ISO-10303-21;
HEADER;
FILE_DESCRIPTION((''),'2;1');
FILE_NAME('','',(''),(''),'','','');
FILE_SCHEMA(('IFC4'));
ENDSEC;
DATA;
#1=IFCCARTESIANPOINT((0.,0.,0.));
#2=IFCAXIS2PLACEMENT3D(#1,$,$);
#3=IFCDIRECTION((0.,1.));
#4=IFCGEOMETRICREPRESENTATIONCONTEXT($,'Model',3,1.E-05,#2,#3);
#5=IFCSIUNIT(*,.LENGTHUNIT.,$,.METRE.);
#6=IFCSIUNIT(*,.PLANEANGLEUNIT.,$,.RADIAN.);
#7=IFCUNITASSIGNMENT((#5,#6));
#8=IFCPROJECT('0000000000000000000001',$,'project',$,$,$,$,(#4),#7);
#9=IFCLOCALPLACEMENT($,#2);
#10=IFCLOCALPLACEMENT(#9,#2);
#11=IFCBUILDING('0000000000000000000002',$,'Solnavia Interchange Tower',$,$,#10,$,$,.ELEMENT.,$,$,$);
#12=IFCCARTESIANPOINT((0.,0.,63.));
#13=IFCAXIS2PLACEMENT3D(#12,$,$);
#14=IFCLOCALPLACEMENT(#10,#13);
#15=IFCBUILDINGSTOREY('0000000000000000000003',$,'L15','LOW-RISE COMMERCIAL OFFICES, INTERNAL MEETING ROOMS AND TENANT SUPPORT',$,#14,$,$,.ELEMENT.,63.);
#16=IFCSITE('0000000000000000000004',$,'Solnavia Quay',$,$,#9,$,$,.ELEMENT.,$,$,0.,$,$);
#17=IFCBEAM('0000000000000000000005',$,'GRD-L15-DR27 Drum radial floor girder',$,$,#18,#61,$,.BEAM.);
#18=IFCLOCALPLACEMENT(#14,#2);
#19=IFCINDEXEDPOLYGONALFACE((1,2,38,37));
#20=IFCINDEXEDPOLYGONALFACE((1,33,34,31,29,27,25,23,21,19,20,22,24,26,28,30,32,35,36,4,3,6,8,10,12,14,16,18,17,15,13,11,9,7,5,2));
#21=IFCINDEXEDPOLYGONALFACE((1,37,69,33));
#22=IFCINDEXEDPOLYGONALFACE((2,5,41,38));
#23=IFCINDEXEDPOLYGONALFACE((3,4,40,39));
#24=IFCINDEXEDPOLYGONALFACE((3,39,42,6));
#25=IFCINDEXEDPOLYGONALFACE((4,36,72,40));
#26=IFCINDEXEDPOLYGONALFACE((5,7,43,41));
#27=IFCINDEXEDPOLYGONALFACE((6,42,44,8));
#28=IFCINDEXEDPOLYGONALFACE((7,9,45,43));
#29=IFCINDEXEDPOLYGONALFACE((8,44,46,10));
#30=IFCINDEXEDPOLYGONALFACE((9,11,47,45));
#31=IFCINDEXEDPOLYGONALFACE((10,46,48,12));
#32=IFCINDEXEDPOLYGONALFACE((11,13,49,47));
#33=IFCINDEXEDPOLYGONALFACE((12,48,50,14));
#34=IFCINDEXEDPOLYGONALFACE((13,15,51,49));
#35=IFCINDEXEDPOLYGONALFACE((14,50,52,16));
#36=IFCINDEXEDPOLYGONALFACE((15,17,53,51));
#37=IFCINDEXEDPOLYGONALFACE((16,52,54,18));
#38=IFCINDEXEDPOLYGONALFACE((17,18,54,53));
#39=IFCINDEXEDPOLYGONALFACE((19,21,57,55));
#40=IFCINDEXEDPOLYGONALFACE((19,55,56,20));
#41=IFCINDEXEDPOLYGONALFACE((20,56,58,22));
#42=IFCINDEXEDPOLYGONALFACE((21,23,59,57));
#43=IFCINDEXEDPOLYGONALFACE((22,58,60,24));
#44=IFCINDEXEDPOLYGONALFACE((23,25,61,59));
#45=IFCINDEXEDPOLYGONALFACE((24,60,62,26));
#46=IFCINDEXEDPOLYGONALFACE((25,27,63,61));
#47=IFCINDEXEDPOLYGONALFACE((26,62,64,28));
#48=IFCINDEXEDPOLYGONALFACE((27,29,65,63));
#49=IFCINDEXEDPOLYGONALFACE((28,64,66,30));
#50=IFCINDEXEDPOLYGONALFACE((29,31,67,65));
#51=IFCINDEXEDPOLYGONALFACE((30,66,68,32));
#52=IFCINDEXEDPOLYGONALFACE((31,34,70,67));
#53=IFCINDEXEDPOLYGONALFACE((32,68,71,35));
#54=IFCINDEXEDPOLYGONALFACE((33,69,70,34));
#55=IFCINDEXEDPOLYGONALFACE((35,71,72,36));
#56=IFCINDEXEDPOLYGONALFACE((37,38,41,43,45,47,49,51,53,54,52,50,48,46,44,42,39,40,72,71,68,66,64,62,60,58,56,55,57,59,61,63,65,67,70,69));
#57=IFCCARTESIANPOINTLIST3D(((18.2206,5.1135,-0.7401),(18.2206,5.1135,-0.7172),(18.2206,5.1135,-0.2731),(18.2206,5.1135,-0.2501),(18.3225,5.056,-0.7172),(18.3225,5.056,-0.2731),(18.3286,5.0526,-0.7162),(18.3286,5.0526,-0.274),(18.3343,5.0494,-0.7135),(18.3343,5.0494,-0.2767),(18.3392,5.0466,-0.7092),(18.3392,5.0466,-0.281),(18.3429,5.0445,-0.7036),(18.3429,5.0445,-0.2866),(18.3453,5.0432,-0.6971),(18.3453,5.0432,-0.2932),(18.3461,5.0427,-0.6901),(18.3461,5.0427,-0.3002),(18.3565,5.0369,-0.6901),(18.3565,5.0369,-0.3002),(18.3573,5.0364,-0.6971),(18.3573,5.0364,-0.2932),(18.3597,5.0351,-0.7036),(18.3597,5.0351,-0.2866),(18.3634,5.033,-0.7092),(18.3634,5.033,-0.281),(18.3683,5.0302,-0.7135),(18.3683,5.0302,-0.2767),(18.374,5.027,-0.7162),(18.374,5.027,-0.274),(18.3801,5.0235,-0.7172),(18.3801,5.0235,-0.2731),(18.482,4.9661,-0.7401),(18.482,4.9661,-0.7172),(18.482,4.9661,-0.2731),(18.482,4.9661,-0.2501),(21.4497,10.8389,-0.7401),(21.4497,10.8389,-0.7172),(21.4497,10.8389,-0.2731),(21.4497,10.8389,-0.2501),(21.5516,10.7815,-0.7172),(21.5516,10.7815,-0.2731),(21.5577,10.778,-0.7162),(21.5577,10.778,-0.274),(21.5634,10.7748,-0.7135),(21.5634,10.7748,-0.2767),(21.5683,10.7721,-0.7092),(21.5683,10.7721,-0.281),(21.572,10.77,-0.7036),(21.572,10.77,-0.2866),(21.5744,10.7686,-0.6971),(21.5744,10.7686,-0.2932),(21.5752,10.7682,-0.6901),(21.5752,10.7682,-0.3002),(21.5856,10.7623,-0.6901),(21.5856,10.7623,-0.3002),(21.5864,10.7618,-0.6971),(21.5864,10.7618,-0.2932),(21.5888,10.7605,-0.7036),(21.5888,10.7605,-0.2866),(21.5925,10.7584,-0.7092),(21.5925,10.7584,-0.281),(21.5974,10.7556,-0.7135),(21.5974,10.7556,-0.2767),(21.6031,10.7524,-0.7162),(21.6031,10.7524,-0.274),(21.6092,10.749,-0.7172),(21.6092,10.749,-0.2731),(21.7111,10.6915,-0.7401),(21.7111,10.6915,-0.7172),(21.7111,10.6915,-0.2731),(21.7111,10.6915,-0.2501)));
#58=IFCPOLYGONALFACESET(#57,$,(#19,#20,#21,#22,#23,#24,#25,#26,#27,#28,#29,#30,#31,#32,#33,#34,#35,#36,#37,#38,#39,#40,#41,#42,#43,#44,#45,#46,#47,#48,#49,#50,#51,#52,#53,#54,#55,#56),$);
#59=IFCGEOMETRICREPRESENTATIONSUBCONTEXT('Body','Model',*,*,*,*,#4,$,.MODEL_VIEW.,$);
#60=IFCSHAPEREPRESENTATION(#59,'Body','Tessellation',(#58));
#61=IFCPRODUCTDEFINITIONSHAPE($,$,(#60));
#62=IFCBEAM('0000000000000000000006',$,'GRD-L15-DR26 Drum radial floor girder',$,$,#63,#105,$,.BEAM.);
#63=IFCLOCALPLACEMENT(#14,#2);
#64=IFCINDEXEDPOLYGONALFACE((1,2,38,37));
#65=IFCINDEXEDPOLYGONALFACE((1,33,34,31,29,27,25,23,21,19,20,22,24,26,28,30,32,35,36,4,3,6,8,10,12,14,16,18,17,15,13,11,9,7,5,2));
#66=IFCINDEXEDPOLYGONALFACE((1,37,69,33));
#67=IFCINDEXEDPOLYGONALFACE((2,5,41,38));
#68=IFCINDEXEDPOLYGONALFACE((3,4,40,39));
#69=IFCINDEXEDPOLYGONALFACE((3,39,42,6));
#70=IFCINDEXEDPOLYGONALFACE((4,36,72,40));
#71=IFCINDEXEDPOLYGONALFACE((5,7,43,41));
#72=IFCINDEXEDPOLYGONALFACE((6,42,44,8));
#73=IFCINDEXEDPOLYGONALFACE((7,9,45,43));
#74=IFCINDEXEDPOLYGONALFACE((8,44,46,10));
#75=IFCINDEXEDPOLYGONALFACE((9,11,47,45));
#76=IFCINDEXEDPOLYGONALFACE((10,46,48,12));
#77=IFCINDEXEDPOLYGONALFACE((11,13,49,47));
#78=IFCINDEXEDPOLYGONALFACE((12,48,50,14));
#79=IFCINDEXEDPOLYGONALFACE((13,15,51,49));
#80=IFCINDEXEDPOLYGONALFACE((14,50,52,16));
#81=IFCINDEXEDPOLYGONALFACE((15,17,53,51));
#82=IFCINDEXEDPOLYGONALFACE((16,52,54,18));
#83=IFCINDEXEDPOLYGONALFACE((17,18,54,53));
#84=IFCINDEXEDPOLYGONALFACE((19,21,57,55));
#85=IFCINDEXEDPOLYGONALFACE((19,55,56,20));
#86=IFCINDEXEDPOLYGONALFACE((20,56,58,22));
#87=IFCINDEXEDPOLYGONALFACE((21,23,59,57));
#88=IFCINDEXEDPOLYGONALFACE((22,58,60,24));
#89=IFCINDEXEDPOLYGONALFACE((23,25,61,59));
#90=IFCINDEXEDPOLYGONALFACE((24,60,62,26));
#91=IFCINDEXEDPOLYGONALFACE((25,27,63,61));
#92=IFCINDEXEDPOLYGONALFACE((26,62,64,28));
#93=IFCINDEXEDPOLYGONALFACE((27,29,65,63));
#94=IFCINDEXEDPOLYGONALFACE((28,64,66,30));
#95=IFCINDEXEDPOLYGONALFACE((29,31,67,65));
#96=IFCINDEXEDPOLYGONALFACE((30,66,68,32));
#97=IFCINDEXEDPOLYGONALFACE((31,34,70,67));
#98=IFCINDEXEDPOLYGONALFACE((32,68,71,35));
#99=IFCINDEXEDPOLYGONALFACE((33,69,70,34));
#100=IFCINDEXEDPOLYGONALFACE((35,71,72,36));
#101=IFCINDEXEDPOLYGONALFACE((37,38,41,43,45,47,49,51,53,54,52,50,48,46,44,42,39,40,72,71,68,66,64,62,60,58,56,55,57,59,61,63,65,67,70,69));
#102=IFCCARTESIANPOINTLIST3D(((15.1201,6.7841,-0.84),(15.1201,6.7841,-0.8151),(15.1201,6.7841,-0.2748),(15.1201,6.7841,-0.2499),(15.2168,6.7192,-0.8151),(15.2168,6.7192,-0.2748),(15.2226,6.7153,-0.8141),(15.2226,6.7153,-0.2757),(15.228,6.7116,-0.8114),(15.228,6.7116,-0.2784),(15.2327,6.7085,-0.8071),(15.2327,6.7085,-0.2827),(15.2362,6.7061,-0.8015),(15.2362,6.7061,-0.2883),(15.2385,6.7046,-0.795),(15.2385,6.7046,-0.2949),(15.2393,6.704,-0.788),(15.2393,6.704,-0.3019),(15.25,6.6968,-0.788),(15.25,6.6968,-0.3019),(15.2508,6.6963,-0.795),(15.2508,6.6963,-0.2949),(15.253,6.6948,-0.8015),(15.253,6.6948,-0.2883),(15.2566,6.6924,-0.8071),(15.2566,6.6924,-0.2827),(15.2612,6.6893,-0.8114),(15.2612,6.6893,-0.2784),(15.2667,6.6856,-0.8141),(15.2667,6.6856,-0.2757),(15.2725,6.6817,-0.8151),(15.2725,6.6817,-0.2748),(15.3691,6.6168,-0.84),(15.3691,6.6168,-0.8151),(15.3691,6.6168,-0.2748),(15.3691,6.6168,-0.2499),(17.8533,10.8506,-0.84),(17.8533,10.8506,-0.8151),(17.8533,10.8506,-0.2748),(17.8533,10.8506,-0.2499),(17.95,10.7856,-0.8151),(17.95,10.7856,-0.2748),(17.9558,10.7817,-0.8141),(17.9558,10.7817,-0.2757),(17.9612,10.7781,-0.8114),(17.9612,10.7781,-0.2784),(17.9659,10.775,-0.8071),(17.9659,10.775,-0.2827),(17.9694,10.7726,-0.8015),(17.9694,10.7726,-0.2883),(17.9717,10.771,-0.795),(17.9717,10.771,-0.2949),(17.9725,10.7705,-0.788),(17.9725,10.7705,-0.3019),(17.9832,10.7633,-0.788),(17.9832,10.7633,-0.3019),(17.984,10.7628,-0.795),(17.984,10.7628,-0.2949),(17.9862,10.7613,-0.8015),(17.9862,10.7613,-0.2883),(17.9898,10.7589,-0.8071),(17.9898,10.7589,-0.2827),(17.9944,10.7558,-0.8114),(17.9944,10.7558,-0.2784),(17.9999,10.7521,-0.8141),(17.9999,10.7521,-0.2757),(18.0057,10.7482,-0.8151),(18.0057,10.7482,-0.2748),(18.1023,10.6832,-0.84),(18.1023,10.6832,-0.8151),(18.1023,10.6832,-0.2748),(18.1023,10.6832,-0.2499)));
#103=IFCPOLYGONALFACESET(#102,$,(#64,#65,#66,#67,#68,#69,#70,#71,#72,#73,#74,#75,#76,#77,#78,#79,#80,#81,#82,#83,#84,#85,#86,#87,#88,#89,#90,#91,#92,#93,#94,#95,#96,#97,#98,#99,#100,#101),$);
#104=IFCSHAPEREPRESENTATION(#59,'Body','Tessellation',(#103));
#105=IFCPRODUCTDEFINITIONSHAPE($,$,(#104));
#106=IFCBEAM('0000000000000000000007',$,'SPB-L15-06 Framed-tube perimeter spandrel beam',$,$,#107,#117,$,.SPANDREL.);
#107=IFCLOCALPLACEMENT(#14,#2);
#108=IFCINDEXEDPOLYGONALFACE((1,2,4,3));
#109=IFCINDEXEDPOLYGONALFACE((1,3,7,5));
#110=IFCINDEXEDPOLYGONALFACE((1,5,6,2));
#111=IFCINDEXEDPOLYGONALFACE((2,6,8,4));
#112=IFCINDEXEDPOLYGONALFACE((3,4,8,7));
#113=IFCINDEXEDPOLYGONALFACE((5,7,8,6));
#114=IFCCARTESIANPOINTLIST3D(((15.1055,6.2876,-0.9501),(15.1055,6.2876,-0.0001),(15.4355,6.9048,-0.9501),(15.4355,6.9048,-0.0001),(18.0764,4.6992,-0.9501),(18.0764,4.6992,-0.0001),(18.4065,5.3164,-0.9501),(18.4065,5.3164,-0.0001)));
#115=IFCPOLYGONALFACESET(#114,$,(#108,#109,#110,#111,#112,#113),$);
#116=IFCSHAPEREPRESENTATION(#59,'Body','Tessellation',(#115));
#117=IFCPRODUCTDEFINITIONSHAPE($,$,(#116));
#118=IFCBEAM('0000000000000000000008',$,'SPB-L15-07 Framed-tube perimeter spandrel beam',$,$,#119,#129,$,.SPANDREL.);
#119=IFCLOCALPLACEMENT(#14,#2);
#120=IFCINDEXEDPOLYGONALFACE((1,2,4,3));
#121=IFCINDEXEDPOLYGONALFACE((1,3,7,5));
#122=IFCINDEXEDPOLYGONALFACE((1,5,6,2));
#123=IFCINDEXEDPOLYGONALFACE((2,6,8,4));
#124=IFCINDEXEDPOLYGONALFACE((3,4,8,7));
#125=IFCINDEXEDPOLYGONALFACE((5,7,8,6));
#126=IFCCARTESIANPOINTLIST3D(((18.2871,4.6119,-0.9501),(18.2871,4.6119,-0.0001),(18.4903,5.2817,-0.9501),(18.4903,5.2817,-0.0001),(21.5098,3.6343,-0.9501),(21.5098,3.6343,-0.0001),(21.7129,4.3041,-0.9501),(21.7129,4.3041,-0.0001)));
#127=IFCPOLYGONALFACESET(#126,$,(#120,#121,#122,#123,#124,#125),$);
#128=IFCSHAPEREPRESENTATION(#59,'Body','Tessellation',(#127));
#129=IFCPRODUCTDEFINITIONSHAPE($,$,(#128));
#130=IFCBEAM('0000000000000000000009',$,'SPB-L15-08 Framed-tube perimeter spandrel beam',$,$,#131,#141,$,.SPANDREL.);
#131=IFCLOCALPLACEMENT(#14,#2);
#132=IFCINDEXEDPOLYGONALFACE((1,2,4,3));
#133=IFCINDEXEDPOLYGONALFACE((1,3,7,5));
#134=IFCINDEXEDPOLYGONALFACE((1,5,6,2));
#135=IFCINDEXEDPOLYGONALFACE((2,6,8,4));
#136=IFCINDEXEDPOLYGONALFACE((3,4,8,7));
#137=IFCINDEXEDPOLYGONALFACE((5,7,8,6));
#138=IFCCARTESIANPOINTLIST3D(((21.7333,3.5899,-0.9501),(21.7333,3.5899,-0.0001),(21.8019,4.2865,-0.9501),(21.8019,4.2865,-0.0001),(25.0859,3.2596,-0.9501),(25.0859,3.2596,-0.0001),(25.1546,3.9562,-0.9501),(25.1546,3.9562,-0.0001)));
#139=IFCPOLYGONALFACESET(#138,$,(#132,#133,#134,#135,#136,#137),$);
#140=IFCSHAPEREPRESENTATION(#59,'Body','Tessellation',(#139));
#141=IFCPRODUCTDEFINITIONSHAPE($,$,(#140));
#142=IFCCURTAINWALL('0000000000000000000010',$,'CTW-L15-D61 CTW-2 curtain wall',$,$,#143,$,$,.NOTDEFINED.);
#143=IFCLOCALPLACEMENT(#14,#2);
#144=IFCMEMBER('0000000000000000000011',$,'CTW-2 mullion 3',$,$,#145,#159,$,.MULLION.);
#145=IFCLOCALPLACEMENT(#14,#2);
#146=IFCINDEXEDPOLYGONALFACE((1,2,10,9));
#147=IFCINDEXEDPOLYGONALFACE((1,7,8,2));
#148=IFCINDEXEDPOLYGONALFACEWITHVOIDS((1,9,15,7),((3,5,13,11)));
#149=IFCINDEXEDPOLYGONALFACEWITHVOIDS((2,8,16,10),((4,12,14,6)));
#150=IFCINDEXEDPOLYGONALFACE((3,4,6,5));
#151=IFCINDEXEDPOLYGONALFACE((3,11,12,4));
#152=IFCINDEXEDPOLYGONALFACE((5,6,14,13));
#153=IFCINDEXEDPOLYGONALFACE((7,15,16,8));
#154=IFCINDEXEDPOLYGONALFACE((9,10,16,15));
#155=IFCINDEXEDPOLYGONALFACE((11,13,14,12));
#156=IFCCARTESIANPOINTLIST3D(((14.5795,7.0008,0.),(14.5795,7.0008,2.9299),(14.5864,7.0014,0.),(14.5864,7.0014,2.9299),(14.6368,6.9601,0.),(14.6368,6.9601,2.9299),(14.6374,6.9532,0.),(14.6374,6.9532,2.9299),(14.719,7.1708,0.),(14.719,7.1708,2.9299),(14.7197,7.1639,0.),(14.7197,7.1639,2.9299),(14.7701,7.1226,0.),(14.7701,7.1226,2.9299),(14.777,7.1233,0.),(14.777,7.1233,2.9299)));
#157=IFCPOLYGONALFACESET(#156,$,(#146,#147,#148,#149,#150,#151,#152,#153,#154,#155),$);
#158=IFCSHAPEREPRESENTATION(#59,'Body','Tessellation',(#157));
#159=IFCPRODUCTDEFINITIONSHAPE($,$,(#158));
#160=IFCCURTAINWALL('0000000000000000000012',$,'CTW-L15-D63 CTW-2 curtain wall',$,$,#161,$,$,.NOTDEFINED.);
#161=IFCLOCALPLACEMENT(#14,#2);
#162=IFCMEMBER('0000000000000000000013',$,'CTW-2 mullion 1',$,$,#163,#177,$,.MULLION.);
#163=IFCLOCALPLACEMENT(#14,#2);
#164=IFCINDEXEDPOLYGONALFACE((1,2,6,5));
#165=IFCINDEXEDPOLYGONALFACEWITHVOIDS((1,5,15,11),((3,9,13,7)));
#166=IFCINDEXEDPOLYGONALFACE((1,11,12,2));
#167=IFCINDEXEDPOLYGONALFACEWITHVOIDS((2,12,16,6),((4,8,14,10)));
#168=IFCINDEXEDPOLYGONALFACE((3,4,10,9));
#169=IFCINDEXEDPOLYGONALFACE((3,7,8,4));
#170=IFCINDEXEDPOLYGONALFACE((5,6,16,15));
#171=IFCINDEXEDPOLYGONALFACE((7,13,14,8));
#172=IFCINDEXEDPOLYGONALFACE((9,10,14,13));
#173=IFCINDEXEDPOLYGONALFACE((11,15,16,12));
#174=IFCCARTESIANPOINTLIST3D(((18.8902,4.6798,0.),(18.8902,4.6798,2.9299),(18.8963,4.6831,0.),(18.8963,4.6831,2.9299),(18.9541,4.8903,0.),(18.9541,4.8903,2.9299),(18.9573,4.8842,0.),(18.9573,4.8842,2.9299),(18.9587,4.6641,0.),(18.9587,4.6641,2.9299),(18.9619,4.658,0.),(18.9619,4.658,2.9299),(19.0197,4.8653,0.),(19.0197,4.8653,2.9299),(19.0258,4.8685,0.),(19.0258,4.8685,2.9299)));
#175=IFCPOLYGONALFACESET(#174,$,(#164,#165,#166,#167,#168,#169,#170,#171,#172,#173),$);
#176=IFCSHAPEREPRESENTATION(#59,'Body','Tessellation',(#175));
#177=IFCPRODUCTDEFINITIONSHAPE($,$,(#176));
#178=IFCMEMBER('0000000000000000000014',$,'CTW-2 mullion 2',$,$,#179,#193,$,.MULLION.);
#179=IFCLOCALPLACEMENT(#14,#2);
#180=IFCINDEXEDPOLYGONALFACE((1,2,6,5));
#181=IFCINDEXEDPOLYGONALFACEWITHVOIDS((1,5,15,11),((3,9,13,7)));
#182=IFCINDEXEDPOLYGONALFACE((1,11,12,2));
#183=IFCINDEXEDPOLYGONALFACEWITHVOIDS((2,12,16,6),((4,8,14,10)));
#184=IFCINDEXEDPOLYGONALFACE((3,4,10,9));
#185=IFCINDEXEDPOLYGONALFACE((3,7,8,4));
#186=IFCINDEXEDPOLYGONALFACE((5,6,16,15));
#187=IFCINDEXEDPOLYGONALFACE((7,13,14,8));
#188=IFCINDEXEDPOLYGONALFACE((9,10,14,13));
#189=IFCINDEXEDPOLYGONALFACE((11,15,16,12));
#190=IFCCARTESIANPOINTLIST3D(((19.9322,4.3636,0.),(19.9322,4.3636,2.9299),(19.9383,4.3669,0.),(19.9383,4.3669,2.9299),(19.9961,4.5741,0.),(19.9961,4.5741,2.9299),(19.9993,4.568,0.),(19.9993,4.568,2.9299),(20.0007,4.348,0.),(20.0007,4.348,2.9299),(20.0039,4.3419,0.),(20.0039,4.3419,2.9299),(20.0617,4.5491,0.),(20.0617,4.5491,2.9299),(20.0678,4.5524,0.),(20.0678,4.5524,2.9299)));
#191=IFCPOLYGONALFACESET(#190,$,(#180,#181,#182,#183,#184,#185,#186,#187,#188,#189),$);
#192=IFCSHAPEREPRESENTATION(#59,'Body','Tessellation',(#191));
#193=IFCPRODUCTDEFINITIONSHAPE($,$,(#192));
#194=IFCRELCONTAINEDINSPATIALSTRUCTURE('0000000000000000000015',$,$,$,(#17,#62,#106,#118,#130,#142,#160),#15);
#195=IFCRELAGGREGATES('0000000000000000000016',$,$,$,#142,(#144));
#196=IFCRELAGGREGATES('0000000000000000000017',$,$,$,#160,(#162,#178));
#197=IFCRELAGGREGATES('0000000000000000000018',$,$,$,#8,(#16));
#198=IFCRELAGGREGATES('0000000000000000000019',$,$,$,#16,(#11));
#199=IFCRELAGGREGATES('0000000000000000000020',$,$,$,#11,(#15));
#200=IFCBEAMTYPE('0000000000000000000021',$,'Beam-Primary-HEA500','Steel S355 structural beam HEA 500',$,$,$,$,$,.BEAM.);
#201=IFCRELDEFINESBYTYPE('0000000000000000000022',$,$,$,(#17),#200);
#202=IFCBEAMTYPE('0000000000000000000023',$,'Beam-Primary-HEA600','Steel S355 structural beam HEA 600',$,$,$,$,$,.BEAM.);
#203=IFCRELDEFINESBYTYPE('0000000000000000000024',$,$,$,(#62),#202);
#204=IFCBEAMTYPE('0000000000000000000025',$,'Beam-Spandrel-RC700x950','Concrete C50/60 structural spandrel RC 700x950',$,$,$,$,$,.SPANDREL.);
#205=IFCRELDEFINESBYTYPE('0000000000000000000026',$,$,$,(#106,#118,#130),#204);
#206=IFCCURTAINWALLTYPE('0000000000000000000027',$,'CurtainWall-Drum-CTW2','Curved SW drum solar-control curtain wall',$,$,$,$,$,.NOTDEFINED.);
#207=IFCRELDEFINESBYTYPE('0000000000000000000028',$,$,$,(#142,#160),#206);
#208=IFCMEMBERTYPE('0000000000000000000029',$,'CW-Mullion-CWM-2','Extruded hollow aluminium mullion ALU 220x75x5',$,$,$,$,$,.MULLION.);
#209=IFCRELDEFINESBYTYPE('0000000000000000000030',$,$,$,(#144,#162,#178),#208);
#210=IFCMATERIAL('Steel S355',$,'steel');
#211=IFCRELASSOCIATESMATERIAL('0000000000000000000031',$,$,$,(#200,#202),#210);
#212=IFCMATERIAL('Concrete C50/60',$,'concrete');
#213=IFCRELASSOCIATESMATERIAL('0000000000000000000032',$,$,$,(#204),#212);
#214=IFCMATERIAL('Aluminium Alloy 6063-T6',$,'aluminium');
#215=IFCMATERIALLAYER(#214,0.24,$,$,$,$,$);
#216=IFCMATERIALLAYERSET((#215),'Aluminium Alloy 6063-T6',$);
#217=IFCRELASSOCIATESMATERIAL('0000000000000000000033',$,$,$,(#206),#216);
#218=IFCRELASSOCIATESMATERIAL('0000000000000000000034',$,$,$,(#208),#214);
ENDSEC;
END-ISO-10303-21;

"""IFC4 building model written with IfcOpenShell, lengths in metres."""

from ifc_helpers import new_model, si_unit, direction, frame, origin, origin_2d, place, context, subcontext, project, spatial, rectangle, hollow_rectangle, i_section, extrude, material, layer, layer_set, material_profile, profile_set, type_object, element, aggregate, save


model = new_model("IFC4")

# Units and contexts
model_context = context("Model", 3, precision=1e-05, world=origin(), true_north=direction((0.0, 1.0)))
body_context = subcontext(model_context, "Body", "Model", "MODEL_VIEW")
ifc_project = project(units=[si_unit("LENGTHUNIT", "METRE"), si_unit("PLANEANGLEUNIT", "RADIAN")], contexts=[model_context])

# Site, building, storey
site_placement = place(None, origin())
site = spatial("IfcSite", under=ifc_project, at=site_placement, Name="Solnavia Quay", CompositionType="ELEMENT", RefElevation=0.0)
building_placement = place(site_placement, origin())
building = spatial("IfcBuilding", under=site, at=building_placement, Name="Solnavia Interchange Tower", CompositionType="ELEMENT")
storey_placement = place(building_placement, frame((0.0, 0.0, 63.0)))
storey = spatial("IfcBuildingStorey", under=building, at=storey_placement, Name="L15", Description="LOW-RISE COMMERCIAL OFFICES, INTERNAL MEETING ROOMS AND TENANT SUPPORT", CompositionType="ELEMENT", Elevation=63.0)

# Beams
ifc_material_1 = material(Name="Steel S355", Category="steel")
ifc_material_profile_1 = material_profile(ifc_material_1, i_section(OverallWidth=0.3, OverallDepth=0.49, WebThickness=0.012, FlangeThickness=0.0229, FilletRadius=0.0271, at=origin_2d()), Name="HEA 500")
ifc_profile_set_1 = profile_set([ifc_material_profile_1], Name="Steel S355")
beam_type_1 = type_object("IfcBeamType", Name="Beam-Primary-HEA500", Description="Steel S355 structural beam HEA 500", PredefinedType="BEAM", material=ifc_profile_set_1)
beam_1_placement = place(storey_placement, frame((18.3513, 5.0398, -0.4951), z_axis=(0.491243, 0.871022, 0.0), x_axis=(-0.871022, 0.491243, 0.0)))
element("IfcBeam", 1, at=beam_1_placement, inside=storey, type_object=beam_type_1, Name="GRD-L15-DR27 Drum radial floor girder", PredefinedType="BEAM", context=body_context, shape_type="SweptSolid", body=[
    extrude(i_section(OverallWidth=0.3, OverallDepth=0.49, WebThickness=0.012, FlangeThickness=0.0229, FilletRadius=0.0271, at=origin_2d()), origin(), (0.0, 0.0, 1.0), 6.5732),
])
ifc_material_profile_2 = material_profile(ifc_material_1, i_section(OverallWidth=0.3, OverallDepth=0.5901, WebThickness=0.0129, FlangeThickness=0.0249, FilletRadius=0.0271, at=origin_2d()), Name="HEA 600")
ifc_profile_set_2 = profile_set([ifc_material_profile_2], Name="Steel S355")
beam_type_2 = type_object("IfcBeamType", Name="Beam-Primary-HEA600", Description="Steel S355 structural beam HEA 600", PredefinedType="BEAM", material=ifc_profile_set_2)
beam_2_placement = place(storey_placement, frame((15.2446, 6.7004, -0.5449), z_axis=(0.557835, 0.829952, 0.0), x_axis=(-0.829952, 0.557835, 0.0)))
element("IfcBeam", 2, at=beam_2_placement, inside=storey, type_object=beam_type_2, Name="GRD-L15-DR26 Drum radial floor girder", PredefinedType="BEAM", context=body_context, shape_type="SweptSolid", body=[
    extrude(i_section(OverallWidth=0.3, OverallDepth=0.5901, WebThickness=0.0129, FlangeThickness=0.0249, FilletRadius=0.0271, at=origin_2d()), origin(), (0.0, 0.0, 1.0), 4.8997),
])
ifc_material_2 = material(Name="Concrete C50/60", Category="concrete")
ifc_material_profile_3 = material_profile(ifc_material_2, rectangle(XDim=0.7, YDim=0.95, at=origin_2d()), Name="RC 700x950")
ifc_profile_set_3 = profile_set([ifc_material_profile_3], Name="Concrete C50/60")
beam_type_3 = type_object("IfcBeamType", Name="Beam-Spandrel-RC700x950", Description="Concrete C50/60 structural spandrel RC 700x950", PredefinedType="SPANDREL", material=ifc_profile_set_3)
beam_3_placement = place(storey_placement, frame((15.2705, 6.5962, -0.4751), z_axis=(0.881875, -0.471483, 0.0), x_axis=(0.471483, 0.881875, 0.0)))
element("IfcBeam", 3, at=beam_3_placement, inside=storey, type_object=beam_type_3, Name="SPB-L15-06 Framed-tube perimeter spandrel beam", PredefinedType="SPANDREL", context=body_context, shape_type="SweptSolid", body=[
    extrude(rectangle(XDim=0.7, YDim=0.95, at=origin_2d()), origin(), (0.0, 0.0, 1.0), 3.3689),
])
beam_4_placement = place(storey_placement, frame((18.3887, 4.9468, -0.4751), z_axis=(0.956944, -0.290273, 0.0), x_axis=(0.290273, 0.956944, 0.0)))
element("IfcBeam", 4, at=beam_4_placement, inside=storey, type_object=beam_type_3, Name="SPB-L15-07 Framed-tube perimeter spandrel beam", PredefinedType="SPANDREL", context=body_context, shape_type="SweptSolid", body=[
    extrude(rectangle(XDim=0.7, YDim=0.95, at=origin_2d()), origin(), (0.0, 0.0, 1.0), 3.3677),
])
beam_5_placement = place(storey_placement, frame((21.7676, 3.9382, -0.4751), z_axis=(0.995182, -0.098047, 0.0), x_axis=(0.098047, 0.995182, 0.0)))
element("IfcBeam", 5, at=beam_5_placement, inside=storey, type_object=beam_type_3, Name="SPB-L15-08 Framed-tube perimeter spandrel beam", PredefinedType="SPANDREL", context=body_context, shape_type="SweptSolid", body=[
    extrude(rectangle(XDim=0.7, YDim=0.95, at=origin_2d()), origin(), (0.0, 0.0, 1.0), 3.3689),
])

# Curtain wall, member
ifc_material_3 = material(Name="Aluminium Alloy 6063-T6", Category="aluminium")
ifc_layer_1 = layer(ifc_material_3, 0.24)
ifc_layer_set_1 = layer_set([ifc_layer_1], Name="Aluminium Alloy 6063-T6")
curtain_wall_type = type_object("IfcCurtainWallType", Name="CurtainWall-Drum-CTW2", Description="Curved SW drum solar-control curtain wall", PredefinedType="NOTDEFINED", material=ifc_layer_set_1)
curtain_wall_1_placement = place(storey_placement, origin())
curtain_wall_1 = element("IfcCurtainWall", 6, at=curtain_wall_1_placement, inside=storey, type_object=curtain_wall_type, Name="CTW-L15-D61 CTW-2 curtain wall", PredefinedType="NOTDEFINED")
ifc_material_profile_4 = material_profile(ifc_material_3, hollow_rectangle(XDim=0.075, YDim=0.22, WallThickness=0.0049, at=origin_2d()), Name="ALU 220x75x5")
ifc_profile_set_4 = profile_set([ifc_material_profile_4], Name="Aluminium Alloy 6063-T6")
member_type_1 = type_object("IfcMemberType", Name="CW-Mullion-CWM-2", Description="Extruded hollow aluminium mullion ALU 220x75x5", PredefinedType="MULLION", material=ifc_profile_set_4)
member_1_placement = place(storey_placement, frame((14.6782, 7.062, 0.0), z_axis=(0.0, 0.0, 1.0), x_axis=(0.773095, -0.634291, 0.0)))
member_1 = element("IfcMember", 7, at=member_1_placement, type_object=member_type_1, Name="CTW-2 mullion 3", PredefinedType="MULLION", context=body_context, shape_type="SweptSolid", body=[
    extrude(hollow_rectangle(XDim=0.075, YDim=0.22, WallThickness=0.0049, at=origin_2d()), origin(), (0.0, 0.0, 1.0), 2.9299),
])

# Curtain wall, members
curtain_wall_2_placement = place(storey_placement, origin())
curtain_wall_2 = element("IfcCurtainWall", 8, at=curtain_wall_2_placement, inside=storey, type_object=curtain_wall_type, Name="CTW-L15-D63 CTW-2 curtain wall", PredefinedType="NOTDEFINED")
member_2_placement = place(storey_placement, frame((18.958, 4.7742, 0.0), z_axis=(0.0, 0.0, 1.0), x_axis=(0.956935, -0.290303, 0.0)))
member_2 = element("IfcMember", 9, at=member_2_placement, type_object=member_type_1, Name="CTW-2 mullion 1", PredefinedType="MULLION", context=body_context, shape_type="SweptSolid", body=[
    extrude(hollow_rectangle(XDim=0.075, YDim=0.22, WallThickness=0.0049, at=origin_2d()), origin(), (0.0, 0.0, 1.0), 2.9299),
])
member_3_placement = place(storey_placement, frame((20.0, 4.458, 0.0), z_axis=(0.0, 0.0, 1.0), x_axis=(0.956935, -0.290303, 0.0)))
member_3 = element("IfcMember", 10, at=member_3_placement, type_object=member_type_1, Name="CTW-2 mullion 2", PredefinedType="MULLION", context=body_context, shape_type="SweptSolid", body=[
    extrude(hollow_rectangle(XDim=0.075, YDim=0.22, WallThickness=0.0049, at=origin_2d()), origin(), (0.0, 0.0, 1.0), 2.9299),
])

aggregate(curtain_wall_1, [member_1])
aggregate(curtain_wall_2, [member_2, member_3])

save(model, "model.ifc")
